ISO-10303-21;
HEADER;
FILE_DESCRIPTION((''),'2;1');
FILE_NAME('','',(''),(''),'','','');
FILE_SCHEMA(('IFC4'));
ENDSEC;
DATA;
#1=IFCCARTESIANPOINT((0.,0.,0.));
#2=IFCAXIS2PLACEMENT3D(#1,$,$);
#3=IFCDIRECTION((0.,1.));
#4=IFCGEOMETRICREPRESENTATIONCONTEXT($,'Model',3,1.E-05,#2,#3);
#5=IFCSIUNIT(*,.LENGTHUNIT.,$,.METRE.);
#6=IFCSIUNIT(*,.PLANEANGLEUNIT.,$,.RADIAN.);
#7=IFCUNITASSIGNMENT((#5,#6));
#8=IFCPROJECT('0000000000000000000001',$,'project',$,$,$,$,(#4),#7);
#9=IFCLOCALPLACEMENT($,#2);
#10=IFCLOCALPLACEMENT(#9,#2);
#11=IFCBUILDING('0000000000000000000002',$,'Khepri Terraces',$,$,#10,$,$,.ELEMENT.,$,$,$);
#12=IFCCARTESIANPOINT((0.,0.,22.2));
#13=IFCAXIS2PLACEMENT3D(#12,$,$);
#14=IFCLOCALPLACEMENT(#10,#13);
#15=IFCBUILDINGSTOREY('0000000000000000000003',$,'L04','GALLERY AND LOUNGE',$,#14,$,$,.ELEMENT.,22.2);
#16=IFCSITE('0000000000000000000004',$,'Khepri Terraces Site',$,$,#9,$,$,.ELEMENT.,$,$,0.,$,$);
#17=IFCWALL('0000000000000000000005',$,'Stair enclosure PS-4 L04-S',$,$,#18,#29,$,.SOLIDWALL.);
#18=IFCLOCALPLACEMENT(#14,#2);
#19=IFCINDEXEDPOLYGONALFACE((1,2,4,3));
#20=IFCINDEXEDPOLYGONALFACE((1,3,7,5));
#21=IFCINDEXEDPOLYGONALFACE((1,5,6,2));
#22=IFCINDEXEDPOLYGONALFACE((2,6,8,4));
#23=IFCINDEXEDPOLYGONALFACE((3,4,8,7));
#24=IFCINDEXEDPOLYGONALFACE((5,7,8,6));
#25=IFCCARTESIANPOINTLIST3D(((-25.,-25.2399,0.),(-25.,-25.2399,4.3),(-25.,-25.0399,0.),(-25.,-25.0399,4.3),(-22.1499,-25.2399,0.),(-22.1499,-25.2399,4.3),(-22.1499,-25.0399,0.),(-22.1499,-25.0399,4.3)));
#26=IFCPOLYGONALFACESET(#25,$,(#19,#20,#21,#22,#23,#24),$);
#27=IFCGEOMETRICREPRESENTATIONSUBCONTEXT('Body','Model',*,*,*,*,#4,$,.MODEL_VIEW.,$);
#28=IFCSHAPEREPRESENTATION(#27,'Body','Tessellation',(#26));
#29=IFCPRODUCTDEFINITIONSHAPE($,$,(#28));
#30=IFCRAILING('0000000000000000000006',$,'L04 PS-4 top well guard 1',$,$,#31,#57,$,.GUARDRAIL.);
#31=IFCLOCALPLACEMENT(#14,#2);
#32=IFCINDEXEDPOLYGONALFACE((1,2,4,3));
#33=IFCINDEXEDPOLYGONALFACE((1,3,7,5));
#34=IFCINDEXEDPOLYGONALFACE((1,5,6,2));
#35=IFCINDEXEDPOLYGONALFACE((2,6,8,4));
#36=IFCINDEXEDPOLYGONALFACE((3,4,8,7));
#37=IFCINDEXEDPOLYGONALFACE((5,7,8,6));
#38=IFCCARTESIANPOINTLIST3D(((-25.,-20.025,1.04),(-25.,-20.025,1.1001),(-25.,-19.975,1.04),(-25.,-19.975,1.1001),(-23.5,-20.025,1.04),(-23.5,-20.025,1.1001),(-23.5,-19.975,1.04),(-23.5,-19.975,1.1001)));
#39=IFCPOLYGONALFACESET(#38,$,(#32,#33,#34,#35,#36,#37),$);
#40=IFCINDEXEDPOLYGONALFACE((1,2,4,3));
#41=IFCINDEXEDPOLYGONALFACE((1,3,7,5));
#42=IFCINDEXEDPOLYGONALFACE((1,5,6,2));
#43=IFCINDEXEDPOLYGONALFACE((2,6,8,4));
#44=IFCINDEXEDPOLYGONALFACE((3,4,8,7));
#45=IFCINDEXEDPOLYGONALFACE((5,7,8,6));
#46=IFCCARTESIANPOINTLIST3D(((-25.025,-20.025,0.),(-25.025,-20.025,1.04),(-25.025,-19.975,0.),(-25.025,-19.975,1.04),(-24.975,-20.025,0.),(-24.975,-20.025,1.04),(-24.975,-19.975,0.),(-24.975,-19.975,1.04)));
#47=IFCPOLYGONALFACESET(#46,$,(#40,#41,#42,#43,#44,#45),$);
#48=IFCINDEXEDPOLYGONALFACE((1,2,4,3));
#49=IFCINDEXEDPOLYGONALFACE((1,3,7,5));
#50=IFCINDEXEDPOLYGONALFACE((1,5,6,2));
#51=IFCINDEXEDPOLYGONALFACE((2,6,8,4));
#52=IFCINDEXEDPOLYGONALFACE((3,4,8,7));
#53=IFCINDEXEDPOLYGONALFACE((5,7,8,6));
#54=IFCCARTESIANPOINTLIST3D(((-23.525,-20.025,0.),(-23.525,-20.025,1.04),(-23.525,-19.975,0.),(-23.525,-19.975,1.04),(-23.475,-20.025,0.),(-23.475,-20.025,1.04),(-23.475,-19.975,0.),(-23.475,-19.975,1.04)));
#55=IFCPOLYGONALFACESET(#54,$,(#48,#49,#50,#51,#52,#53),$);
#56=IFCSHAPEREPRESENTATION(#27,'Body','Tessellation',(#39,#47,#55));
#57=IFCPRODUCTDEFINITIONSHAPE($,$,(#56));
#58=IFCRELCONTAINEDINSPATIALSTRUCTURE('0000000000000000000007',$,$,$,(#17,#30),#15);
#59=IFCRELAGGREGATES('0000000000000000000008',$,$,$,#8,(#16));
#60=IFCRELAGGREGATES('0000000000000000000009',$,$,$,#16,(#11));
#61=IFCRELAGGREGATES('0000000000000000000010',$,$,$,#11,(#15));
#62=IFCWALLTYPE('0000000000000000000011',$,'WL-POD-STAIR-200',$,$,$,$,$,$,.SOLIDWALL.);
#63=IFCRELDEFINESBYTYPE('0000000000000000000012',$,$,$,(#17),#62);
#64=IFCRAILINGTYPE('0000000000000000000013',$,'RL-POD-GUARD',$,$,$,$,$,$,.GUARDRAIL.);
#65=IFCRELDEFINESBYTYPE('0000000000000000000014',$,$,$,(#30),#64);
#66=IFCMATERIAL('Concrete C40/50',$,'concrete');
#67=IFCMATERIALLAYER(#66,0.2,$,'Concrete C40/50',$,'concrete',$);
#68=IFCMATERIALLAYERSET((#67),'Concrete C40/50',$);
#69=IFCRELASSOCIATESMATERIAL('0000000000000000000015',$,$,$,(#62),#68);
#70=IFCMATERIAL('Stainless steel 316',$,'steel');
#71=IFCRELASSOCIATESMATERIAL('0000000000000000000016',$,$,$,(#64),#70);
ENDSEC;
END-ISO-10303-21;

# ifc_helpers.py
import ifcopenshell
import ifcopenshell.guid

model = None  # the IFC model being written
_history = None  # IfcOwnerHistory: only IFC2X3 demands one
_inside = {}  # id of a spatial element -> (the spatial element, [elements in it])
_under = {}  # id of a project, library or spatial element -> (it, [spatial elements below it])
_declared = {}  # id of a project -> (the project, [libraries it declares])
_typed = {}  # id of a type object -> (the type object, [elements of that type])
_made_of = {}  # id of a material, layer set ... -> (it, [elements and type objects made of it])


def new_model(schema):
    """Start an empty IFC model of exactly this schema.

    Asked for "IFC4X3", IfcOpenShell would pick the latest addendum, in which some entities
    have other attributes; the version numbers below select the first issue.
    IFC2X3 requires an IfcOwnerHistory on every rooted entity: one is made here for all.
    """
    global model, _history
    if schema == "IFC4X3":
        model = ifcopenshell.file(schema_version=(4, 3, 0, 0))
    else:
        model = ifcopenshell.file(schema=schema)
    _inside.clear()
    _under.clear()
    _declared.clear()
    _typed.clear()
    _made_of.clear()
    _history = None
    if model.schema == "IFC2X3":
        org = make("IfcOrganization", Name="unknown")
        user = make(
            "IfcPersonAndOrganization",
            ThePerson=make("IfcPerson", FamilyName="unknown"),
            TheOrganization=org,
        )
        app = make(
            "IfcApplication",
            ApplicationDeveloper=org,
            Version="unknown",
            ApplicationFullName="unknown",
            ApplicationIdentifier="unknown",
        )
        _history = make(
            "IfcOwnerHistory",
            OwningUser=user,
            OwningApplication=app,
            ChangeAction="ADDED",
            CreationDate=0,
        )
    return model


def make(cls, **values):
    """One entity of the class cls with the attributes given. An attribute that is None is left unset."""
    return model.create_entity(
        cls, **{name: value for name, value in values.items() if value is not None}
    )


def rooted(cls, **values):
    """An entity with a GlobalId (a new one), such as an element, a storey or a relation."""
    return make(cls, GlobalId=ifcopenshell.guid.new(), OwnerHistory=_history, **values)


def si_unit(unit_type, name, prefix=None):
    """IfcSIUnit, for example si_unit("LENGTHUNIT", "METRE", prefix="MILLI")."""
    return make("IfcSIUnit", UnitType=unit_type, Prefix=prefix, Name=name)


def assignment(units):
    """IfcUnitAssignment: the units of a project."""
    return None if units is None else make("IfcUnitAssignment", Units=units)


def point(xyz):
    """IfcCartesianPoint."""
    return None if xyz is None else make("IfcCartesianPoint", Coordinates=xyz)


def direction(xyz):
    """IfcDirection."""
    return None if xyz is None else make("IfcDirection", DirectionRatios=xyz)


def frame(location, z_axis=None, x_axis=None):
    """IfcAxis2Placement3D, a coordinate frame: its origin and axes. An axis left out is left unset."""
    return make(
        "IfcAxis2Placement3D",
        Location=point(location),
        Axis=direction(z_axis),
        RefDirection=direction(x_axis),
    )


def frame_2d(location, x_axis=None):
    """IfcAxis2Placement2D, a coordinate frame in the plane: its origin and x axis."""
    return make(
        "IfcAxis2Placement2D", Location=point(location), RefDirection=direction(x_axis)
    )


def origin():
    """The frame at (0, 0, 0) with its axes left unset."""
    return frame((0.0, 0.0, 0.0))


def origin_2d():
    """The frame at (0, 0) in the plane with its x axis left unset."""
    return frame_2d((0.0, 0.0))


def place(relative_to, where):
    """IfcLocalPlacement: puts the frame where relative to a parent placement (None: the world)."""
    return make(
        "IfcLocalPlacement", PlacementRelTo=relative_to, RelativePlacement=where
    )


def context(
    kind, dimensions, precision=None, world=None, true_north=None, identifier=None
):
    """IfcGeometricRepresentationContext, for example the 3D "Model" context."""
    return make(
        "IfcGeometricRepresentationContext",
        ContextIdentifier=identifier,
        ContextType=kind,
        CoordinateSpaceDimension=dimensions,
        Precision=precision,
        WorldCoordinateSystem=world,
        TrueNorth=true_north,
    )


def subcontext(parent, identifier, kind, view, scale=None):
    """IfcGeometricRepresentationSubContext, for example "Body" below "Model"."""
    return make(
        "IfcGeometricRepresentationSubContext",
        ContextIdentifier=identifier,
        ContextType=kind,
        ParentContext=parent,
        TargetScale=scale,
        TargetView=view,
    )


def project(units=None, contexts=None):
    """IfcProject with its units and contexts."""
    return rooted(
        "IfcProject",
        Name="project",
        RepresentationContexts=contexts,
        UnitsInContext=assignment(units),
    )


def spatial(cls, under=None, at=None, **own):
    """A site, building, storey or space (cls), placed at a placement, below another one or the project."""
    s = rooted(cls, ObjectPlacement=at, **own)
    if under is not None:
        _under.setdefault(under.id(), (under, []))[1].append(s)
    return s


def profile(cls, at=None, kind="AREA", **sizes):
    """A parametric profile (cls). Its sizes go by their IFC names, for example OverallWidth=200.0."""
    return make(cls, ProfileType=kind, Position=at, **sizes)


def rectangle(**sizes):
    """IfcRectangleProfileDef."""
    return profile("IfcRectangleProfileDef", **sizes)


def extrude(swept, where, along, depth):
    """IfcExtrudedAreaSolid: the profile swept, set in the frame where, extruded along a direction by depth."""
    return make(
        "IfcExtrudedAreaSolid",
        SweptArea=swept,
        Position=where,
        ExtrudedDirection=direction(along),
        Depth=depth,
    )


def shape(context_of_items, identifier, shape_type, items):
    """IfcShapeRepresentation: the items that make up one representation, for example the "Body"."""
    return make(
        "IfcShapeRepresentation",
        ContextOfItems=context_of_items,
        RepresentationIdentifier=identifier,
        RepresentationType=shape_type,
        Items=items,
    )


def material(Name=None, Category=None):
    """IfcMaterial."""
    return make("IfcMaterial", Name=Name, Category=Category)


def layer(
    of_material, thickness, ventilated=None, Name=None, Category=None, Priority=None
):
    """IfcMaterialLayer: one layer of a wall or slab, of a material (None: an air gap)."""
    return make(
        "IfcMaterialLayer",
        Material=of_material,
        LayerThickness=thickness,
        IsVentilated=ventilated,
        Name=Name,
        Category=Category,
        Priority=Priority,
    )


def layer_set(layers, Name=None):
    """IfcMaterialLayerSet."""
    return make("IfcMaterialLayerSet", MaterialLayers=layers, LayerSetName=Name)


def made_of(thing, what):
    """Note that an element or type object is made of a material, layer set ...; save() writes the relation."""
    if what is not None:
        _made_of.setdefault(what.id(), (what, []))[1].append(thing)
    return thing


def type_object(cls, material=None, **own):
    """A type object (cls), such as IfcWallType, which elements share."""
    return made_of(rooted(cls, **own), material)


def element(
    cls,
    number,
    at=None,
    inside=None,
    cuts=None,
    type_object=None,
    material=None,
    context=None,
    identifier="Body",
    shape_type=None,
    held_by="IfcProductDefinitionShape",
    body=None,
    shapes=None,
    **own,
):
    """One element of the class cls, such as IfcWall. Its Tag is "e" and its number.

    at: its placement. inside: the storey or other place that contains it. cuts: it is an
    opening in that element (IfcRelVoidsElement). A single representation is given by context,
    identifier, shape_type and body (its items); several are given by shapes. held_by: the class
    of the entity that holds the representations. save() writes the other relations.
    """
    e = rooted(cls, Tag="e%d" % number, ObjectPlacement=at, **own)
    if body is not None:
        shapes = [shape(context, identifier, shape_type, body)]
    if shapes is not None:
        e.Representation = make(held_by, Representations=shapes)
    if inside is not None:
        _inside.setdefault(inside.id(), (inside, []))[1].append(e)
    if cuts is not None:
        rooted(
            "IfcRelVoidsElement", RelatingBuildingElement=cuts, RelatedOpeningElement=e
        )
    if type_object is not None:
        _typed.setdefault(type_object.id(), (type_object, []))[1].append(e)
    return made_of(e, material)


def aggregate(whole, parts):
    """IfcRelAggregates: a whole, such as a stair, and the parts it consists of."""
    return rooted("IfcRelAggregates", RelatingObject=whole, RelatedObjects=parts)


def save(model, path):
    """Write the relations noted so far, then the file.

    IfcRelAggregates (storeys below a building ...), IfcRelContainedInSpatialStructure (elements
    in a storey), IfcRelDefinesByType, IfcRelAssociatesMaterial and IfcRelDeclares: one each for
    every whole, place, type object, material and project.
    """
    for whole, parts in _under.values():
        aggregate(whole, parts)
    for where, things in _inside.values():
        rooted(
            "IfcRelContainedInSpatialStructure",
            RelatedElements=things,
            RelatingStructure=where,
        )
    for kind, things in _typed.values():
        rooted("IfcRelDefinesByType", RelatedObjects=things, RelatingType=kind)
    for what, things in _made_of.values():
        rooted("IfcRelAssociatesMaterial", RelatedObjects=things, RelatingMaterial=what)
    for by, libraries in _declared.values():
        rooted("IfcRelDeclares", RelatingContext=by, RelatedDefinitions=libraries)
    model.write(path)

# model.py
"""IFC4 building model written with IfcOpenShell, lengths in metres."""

from ifc_helpers import new_model, si_unit, direction, frame, frame_2d, origin, origin_2d, place, context, subcontext, project, spatial, rectangle, extrude, material, layer, layer_set, type_object, element, save


model = new_model("IFC4")

# Units and contexts
model_context = context("Model", 3, precision=1e-05, world=origin(), true_north=direction((0.0, 1.0)))
body_context = subcontext(model_context, "Body", "Model", "MODEL_VIEW")
ifc_project = project(units=[si_unit("LENGTHUNIT", "METRE"), si_unit("PLANEANGLEUNIT", "RADIAN")], contexts=[model_context])

# Site, building, storey
site_placement = place(None, origin())
site = spatial("IfcSite", under=ifc_project, at=site_placement, Name="Khepri Terraces Site", CompositionType="ELEMENT", RefElevation=0.0)
building_placement = place(site_placement, origin())
building = spatial("IfcBuilding", under=site, at=building_placement, Name="Khepri Terraces", CompositionType="ELEMENT")
storey_placement = place(building_placement, frame((0.0, 0.0, 22.2)))
storey = spatial("IfcBuildingStorey", under=building, at=storey_placement, Name="L04", Description="GALLERY AND LOUNGE", CompositionType="ELEMENT", Elevation=22.2)

# Wall
ifc_material_1 = material(Name="Concrete C40/50", Category="concrete")
ifc_layer_1 = layer(ifc_material_1, 0.2, Name="Concrete C40/50", Category="concrete")
ifc_layer_set_1 = layer_set([ifc_layer_1], Name="Concrete C40/50")
wall_type_1 = type_object("IfcWallType", Name="WL-POD-STAIR-200", PredefinedType="SOLIDWALL", material=ifc_layer_set_1)
wall_1_placement = place(storey_placement, frame((-25.0, -25.1399, 0.0), z_axis=(0.0, 0.0, 1.0), x_axis=(1.0, 0.0, 0.0)))
element("IfcWall", 1, at=wall_1_placement, inside=storey, type_object=wall_type_1, Name="Stair enclosure PS-4 L04-S", PredefinedType="SOLIDWALL", context=body_context, shape_type="SweptSolid", body=[
    extrude(rectangle(XDim=2.8501, YDim=0.2, at=frame_2d((1.425, 0.0))), origin(), (0.0, 0.0, 1.0), 4.3),
])

# Railing
ifc_material_2 = material(Name="Stainless steel 316", Category="steel")
railing_type_1 = type_object("IfcRailingType", Name="RL-POD-GUARD", PredefinedType="GUARDRAIL", material=ifc_material_2)
railing_1_placement = place(storey_placement, frame((-25.0, -20.0, 0.0)))
element("IfcRailing", 2, at=railing_1_placement, inside=storey, type_object=railing_type_1, Name="L04 PS-4 top well guard 1", PredefinedType="GUARDRAIL", context=body_context, shape_type="SweptSolid", body=[
    extrude(rectangle(XDim=0.05, YDim=0.0601, at=origin_2d()), frame((0.0, 0.0, 1.0701), z_axis=(1.0, 0.0, 0.0), x_axis=(0.0, 1.0, 0.0)), (0.0, 0.0, 1.0), 1.5),
    extrude(rectangle(XDim=0.05, YDim=0.05, at=origin_2d()), origin(), (0.0, 0.0, 1.0), 1.04),
    extrude(rectangle(XDim=0.05, YDim=0.05, at=origin_2d()), frame((1.5, 0.0, 0.0)), (0.0, 0.0, 1.0), 1.04),
])

save(model, "model.ifc")
